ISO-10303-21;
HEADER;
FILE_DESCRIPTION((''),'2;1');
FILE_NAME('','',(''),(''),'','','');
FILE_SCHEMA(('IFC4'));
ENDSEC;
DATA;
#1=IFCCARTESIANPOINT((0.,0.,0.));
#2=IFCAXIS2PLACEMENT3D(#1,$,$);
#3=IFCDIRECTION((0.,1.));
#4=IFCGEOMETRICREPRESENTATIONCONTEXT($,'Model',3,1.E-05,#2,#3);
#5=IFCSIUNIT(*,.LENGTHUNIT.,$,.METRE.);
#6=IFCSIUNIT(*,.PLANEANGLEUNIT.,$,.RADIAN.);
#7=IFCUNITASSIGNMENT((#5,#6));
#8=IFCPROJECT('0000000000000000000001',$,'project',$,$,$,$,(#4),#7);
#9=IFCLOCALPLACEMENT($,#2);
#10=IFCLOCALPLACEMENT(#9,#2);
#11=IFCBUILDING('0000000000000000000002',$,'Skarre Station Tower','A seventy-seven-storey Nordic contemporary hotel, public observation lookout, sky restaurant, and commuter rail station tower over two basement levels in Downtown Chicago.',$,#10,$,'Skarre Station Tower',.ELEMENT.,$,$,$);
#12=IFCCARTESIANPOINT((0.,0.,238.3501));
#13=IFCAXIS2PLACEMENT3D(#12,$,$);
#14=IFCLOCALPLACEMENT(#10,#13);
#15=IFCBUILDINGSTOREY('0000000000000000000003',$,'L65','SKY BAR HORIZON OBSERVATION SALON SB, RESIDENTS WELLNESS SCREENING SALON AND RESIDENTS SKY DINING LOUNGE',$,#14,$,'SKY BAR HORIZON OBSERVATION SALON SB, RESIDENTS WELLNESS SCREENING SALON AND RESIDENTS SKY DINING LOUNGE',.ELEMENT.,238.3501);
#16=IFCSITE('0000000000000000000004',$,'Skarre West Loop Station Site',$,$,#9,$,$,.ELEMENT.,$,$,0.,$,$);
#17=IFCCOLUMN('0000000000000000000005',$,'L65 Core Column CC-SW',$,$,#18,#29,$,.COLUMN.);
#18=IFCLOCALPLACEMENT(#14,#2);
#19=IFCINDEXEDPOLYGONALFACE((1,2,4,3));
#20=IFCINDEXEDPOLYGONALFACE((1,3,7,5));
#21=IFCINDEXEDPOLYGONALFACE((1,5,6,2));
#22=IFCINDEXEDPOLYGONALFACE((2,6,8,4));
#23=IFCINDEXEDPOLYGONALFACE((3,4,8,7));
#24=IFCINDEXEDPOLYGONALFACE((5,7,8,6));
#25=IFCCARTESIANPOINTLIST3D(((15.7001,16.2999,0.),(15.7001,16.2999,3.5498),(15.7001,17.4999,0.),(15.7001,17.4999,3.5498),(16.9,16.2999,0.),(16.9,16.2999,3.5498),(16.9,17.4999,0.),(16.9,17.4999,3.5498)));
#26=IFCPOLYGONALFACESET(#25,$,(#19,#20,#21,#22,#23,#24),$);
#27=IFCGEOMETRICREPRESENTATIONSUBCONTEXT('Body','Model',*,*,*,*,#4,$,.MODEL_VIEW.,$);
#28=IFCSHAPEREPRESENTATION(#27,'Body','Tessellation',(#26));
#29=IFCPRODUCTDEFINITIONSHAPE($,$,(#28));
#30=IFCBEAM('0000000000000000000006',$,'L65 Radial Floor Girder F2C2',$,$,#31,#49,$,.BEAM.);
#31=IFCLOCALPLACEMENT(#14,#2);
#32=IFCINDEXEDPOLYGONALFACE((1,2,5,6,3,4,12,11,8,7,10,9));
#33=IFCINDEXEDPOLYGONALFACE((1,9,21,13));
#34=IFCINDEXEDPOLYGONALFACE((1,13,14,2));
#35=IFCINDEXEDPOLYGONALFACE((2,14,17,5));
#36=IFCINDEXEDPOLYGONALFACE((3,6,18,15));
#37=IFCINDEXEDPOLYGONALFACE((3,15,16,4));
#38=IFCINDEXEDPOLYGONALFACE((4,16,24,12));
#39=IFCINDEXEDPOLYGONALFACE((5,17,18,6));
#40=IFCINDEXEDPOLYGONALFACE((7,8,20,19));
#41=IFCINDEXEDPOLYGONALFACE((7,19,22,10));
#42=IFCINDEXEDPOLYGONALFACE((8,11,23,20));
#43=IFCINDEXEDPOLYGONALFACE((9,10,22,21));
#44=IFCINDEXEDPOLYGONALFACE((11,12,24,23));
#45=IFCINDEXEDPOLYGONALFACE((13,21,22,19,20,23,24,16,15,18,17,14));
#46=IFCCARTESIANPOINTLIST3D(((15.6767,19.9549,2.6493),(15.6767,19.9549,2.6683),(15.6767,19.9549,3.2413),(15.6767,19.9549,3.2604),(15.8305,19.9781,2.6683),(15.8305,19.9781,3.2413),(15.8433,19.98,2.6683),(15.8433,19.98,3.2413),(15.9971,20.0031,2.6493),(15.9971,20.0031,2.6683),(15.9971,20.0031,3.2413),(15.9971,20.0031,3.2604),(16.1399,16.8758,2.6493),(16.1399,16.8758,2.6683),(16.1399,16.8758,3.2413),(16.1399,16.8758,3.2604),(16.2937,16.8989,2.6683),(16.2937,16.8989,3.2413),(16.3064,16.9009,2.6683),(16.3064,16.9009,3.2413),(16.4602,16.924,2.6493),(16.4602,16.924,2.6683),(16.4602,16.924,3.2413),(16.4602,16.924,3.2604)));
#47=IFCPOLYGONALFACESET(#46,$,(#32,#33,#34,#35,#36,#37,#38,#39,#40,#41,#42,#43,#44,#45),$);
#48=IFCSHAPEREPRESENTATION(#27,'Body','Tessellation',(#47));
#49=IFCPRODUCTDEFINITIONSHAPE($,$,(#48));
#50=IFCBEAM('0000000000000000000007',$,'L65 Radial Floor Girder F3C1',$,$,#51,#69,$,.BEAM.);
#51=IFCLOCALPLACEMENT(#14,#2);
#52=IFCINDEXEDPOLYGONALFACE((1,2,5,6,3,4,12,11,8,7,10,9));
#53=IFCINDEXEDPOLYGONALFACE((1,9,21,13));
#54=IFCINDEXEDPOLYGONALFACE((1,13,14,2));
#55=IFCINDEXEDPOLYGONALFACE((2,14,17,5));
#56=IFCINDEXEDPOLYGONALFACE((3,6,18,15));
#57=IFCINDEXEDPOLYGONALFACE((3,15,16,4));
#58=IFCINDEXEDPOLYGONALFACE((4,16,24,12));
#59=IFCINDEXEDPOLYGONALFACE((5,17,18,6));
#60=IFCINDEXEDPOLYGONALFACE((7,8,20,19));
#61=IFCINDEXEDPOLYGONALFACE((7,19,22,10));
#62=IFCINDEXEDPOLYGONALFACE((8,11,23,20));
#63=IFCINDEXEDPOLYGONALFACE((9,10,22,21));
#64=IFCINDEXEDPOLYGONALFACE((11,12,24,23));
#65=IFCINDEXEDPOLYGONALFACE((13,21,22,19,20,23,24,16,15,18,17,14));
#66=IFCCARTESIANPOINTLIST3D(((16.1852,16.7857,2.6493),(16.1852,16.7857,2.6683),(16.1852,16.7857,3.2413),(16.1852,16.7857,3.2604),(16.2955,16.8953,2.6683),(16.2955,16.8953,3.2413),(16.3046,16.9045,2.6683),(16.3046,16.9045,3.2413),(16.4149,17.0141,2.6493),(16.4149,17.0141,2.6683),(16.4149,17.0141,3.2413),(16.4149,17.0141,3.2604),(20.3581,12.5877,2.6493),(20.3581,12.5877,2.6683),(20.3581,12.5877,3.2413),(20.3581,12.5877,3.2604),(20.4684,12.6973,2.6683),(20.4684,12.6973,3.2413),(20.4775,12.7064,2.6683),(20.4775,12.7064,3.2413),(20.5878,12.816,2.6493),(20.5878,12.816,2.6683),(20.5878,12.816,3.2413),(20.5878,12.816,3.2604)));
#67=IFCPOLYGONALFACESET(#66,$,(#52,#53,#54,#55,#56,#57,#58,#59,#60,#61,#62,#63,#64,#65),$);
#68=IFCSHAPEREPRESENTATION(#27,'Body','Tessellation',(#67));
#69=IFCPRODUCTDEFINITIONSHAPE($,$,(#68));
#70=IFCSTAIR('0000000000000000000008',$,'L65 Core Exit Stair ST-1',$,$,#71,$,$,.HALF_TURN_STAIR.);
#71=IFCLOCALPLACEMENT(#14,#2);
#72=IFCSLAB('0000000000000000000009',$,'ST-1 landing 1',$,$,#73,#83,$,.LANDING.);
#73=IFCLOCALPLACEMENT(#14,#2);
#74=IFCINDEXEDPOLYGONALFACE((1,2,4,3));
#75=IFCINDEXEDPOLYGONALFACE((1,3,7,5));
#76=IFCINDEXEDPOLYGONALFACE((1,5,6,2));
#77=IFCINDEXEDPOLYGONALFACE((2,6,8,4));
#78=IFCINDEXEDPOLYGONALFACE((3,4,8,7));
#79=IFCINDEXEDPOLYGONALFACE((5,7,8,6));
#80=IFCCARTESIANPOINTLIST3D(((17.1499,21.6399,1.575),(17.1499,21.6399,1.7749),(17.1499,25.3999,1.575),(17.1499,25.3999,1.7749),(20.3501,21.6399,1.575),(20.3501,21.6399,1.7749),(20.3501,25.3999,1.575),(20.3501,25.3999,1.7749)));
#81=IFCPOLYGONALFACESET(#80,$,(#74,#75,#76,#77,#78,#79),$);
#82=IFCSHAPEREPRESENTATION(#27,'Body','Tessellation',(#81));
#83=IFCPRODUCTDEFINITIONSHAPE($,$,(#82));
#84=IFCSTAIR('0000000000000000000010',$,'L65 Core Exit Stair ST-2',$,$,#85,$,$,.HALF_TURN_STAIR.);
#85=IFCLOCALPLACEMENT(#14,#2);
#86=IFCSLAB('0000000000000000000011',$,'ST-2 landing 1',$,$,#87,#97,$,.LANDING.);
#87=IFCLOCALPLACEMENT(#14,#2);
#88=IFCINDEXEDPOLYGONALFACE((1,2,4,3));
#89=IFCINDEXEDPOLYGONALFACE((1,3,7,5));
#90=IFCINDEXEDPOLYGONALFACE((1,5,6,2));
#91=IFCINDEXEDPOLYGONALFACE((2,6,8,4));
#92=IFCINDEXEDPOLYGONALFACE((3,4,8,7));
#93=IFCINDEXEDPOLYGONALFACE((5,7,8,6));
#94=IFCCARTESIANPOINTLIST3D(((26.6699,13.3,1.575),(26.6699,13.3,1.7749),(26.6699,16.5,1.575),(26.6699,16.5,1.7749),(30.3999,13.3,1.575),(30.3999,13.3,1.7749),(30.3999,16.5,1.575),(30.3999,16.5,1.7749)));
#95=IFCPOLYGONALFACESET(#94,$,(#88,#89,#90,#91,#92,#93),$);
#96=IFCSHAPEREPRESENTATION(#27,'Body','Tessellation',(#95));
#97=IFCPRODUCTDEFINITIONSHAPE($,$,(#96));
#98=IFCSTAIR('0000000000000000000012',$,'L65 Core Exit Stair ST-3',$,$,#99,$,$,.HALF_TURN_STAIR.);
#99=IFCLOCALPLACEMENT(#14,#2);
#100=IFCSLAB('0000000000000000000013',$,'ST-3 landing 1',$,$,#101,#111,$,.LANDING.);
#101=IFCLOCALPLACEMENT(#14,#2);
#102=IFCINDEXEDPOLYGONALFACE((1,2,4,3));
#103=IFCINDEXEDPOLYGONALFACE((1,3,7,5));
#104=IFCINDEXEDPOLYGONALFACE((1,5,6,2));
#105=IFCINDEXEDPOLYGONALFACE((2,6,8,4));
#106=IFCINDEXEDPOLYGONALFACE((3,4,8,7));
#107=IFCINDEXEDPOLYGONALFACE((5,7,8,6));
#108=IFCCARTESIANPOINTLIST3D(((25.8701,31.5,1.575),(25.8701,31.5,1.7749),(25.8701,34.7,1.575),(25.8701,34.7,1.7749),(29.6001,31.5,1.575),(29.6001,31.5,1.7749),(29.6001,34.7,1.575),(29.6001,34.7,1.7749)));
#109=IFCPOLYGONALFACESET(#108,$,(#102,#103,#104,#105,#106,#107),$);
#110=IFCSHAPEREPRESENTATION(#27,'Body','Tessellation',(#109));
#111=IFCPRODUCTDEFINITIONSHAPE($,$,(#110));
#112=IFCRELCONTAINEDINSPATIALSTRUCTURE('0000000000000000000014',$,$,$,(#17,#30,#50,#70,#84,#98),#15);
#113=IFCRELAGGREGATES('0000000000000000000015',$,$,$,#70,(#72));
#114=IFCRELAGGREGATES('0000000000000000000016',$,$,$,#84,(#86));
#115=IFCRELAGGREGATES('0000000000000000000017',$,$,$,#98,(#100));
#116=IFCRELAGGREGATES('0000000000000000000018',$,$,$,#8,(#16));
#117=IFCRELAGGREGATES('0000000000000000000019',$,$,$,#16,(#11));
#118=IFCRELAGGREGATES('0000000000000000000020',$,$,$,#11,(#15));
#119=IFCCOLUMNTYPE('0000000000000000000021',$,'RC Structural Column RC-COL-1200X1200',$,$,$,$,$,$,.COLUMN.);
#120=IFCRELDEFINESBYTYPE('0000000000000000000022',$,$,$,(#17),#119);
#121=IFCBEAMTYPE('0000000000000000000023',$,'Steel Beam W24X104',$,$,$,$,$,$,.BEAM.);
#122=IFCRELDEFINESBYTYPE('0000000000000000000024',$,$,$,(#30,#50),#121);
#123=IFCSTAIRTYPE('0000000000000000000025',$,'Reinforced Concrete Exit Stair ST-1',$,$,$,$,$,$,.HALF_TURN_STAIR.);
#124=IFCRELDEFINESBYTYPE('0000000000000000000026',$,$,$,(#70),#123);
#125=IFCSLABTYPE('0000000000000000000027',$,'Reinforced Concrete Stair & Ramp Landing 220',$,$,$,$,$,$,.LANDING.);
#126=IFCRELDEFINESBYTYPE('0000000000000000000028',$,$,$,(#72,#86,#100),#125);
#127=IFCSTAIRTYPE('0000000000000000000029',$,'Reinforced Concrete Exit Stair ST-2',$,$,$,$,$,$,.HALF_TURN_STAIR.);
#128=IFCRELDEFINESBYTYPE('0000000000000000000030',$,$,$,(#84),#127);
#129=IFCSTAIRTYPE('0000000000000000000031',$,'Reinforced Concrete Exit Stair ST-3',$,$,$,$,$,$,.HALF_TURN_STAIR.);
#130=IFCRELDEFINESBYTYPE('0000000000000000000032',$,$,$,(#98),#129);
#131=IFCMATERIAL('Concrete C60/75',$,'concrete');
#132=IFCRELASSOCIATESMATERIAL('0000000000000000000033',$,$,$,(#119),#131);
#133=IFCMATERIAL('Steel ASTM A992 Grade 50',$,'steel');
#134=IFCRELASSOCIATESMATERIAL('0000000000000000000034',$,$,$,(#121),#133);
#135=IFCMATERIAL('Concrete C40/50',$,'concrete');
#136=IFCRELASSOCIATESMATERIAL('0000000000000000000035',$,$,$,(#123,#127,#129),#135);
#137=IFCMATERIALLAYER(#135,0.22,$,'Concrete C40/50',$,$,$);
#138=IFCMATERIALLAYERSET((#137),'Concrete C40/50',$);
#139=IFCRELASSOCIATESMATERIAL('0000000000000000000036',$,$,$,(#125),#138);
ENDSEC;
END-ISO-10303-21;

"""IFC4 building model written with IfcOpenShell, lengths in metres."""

from ifc_helpers import new_model, si_unit, direction, frame, origin, origin_2d, place, context, subcontext, project, spatial, polyline, rectangle, i_section, outline, extrude, material, layer, layer_set, material_profile, profile_set, type_object, element, aggregate, save


model = new_model("IFC4")

# Units and contexts
model_context = context("Model", 3, precision=1e-05, world=origin(), true_north=direction((0.0, 1.0)))
body_context = subcontext(model_context, "Body", "Model", "MODEL_VIEW")
ifc_project = project(units=[si_unit("LENGTHUNIT", "METRE"), si_unit("PLANEANGLEUNIT", "RADIAN")], contexts=[model_context])

# Site, building, storey
site_placement = place(None, origin())
site = spatial("IfcSite", under=ifc_project, at=site_placement, Name="Skarre West Loop Station Site", CompositionType="ELEMENT", RefElevation=0.0)
building_placement = place(site_placement, origin())
building = spatial("IfcBuilding", under=site, at=building_placement, Name="Skarre Station Tower", Description="A seventy-seven-storey Nordic contemporary hotel, public observation lookout, sky restaurant, and commuter rail station tower over two basement levels in Downtown Chicago.", LongName="Skarre Station Tower", CompositionType="ELEMENT")
storey_placement = place(building_placement, frame((0.0, 0.0, 238.3501)))
storey = spatial("IfcBuildingStorey", under=building, at=storey_placement, Name="L65", Description="SKY BAR HORIZON OBSERVATION SALON SB, RESIDENTS WELLNESS SCREENING SALON AND RESIDENTS SKY DINING LOUNGE", LongName="SKY BAR HORIZON OBSERVATION SALON SB, RESIDENTS WELLNESS SCREENING SALON AND RESIDENTS SKY DINING LOUNGE", CompositionType="ELEMENT", Elevation=238.3501)

# Column
ifc_material_1 = material(Name="Concrete C60/75", Category="concrete")
ifc_material_profile_1 = material_profile(ifc_material_1, rectangle(XDim=1.2, YDim=1.2, at=origin_2d()), Name="Concrete C60/75")
ifc_profile_set_1 = profile_set([ifc_material_profile_1], Name="Concrete C60/75")
column_type = type_object("IfcColumnType", Name="RC Structural Column RC-COL-1200X1200", PredefinedType="COLUMN", material=ifc_profile_set_1)
column_placement = place(storey_placement, frame((16.3, 16.8999, 0.0), z_axis=(0.0, 0.0, 1.0), x_axis=(1.0, 0.0, 0.0)))
element("IfcColumn", 1, at=column_placement, inside=storey, type_object=column_type, Name="L65 Core Column CC-SW", PredefinedType="COLUMN", context=body_context, shape_type="SweptSolid", body=[
    extrude(rectangle(XDim=1.2, YDim=1.2, at=origin_2d()), origin(), (0.0, 0.0, 1.0), 3.5498),
])

# Beams
ifc_material_2 = material(Name="Steel ASTM A992 Grade 50", Category="steel")
ifc_material_profile_2 = material_profile(ifc_material_2, i_section(OverallWidth=0.324, OverallDepth=0.6111, WebThickness=0.0129, FlangeThickness=0.019, at=origin_2d()), Name="Steel ASTM A992 Grade 50")
ifc_profile_set_2 = profile_set([ifc_material_profile_2], Name="Steel ASTM A992 Grade 50")
beam_type = type_object("IfcBeamType", Name="Steel Beam W24X104", PredefinedType="BEAM", material=ifc_profile_set_2)
beam_1_placement = place(storey_placement, frame((16.3, 16.8999, 2.9548), z_axis=(-0.148739, 0.988876, 0.0), x_axis=(-0.988876, -0.148739, 0.0)))
element("IfcBeam", 2, at=beam_1_placement, inside=storey, type_object=beam_type, Name="L65 Radial Floor Girder F2C2", PredefinedType="BEAM", context=body_context, shape_type="SweptSolid", body=[
    extrude(i_section(OverallWidth=0.324, OverallDepth=0.6111, WebThickness=0.0129, FlangeThickness=0.019, at=origin_2d()), origin(), (0.0, 0.0, 1.0), 3.1138),
])
beam_2_placement = place(storey_placement, frame((16.3, 16.8999, 2.9548), z_axis=(0.704979, -0.709228, 0.0), x_axis=(0.709228, 0.704979, 0.0)))
element("IfcBeam", 3, at=beam_2_placement, inside=storey, type_object=beam_type, Name="L65 Radial Floor Girder F3C1", PredefinedType="BEAM", context=body_context, shape_type="SweptSolid", body=[
    extrude(i_section(OverallWidth=0.324, OverallDepth=0.6111, WebThickness=0.0129, FlangeThickness=0.019, at=origin_2d()), origin(), (0.0, 0.0, 1.0), 5.9192),
])

# Stairs, slabs
ifc_material_3 = material(Name="Concrete C40/50", Category="concrete")
stair_type_1 = type_object("IfcStairType", Name="Reinforced Concrete Exit Stair ST-1", PredefinedType="HALF_TURN_STAIR", material=ifc_material_3)
stair_1_placement = place(storey_placement, origin())
stair_1 = element("IfcStair", 4, at=stair_1_placement, inside=storey, type_object=stair_type_1, Name="L65 Core Exit Stair ST-1", PredefinedType="HALF_TURN_STAIR")
ifc_layer_1 = layer(ifc_material_3, 0.22, Name="Concrete C40/50")
ifc_layer_set_1 = layer_set([ifc_layer_1], Name="Concrete C40/50")
slab_type_1 = type_object("IfcSlabType", Name="Reinforced Concrete Stair & Ramp Landing 220", PredefinedType="LANDING", material=ifc_layer_set_1)
slab_1_placement = place(storey_placement, frame((0.0, 0.0, 1.575)))
slab_1 = element("IfcSlab", 5, at=slab_1_placement, type_object=slab_type_1, Name="ST-1 landing 1", PredefinedType="LANDING", context=body_context, shape_type="SweptSolid", body=[
    extrude(outline(polyline([(20.3501, 21.6399), (20.3501, 25.3999), (17.1499, 25.3999), (17.1499, 21.6399), (20.3501, 21.6399)])), origin(), (0.0, 0.0, 1.0), 0.2),
])
aggregate(stair_1, [slab_1])
stair_type_2 = type_object("IfcStairType", Name="Reinforced Concrete Exit Stair ST-2", PredefinedType="HALF_TURN_STAIR", material=ifc_material_3)
stair_2_placement = place(storey_placement, origin())
stair_2 = element("IfcStair", 6, at=stair_2_placement, inside=storey, type_object=stair_type_2, Name="L65 Core Exit Stair ST-2", PredefinedType="HALF_TURN_STAIR")
slab_2_placement = place(storey_placement, frame((0.0, 0.0, 1.575)))
slab_2 = element("IfcSlab", 7, at=slab_2_placement, type_object=slab_type_1, Name="ST-2 landing 1", PredefinedType="LANDING", context=body_context, shape_type="SweptSolid", body=[
    extrude(outline(polyline([(26.6699, 13.3), (30.3999, 13.3), (30.3999, 16.5), (26.6699, 16.5), (26.6699, 13.3)])), origin(), (0.0, 0.0, 1.0), 0.2),
])
aggregate(stair_2, [slab_2])
stair_type_3 = type_object("IfcStairType", Name="Reinforced Concrete Exit Stair ST-3", PredefinedType="HALF_TURN_STAIR", material=ifc_material_3)
stair_3_placement = place(storey_placement, origin())
stair_3 = element("IfcStair", 8, at=stair_3_placement, inside=storey, type_object=stair_type_3, Name="L65 Core Exit Stair ST-3", PredefinedType="HALF_TURN_STAIR")
slab_3_placement = place(storey_placement, frame((0.0, 0.0, 1.575)))
slab_3 = element("IfcSlab", 9, at=slab_3_placement, type_object=slab_type_1, Name="ST-3 landing 1", PredefinedType="LANDING", context=body_context, shape_type="SweptSolid", body=[
    extrude(outline(polyline([(25.8701, 31.5), (29.6001, 31.5), (29.6001, 34.7), (25.8701, 34.7), (25.8701, 31.5)])), origin(), (0.0, 0.0, 1.0), 0.2),
])
aggregate(stair_3, [slab_3])

save(model, "model.ifc")
